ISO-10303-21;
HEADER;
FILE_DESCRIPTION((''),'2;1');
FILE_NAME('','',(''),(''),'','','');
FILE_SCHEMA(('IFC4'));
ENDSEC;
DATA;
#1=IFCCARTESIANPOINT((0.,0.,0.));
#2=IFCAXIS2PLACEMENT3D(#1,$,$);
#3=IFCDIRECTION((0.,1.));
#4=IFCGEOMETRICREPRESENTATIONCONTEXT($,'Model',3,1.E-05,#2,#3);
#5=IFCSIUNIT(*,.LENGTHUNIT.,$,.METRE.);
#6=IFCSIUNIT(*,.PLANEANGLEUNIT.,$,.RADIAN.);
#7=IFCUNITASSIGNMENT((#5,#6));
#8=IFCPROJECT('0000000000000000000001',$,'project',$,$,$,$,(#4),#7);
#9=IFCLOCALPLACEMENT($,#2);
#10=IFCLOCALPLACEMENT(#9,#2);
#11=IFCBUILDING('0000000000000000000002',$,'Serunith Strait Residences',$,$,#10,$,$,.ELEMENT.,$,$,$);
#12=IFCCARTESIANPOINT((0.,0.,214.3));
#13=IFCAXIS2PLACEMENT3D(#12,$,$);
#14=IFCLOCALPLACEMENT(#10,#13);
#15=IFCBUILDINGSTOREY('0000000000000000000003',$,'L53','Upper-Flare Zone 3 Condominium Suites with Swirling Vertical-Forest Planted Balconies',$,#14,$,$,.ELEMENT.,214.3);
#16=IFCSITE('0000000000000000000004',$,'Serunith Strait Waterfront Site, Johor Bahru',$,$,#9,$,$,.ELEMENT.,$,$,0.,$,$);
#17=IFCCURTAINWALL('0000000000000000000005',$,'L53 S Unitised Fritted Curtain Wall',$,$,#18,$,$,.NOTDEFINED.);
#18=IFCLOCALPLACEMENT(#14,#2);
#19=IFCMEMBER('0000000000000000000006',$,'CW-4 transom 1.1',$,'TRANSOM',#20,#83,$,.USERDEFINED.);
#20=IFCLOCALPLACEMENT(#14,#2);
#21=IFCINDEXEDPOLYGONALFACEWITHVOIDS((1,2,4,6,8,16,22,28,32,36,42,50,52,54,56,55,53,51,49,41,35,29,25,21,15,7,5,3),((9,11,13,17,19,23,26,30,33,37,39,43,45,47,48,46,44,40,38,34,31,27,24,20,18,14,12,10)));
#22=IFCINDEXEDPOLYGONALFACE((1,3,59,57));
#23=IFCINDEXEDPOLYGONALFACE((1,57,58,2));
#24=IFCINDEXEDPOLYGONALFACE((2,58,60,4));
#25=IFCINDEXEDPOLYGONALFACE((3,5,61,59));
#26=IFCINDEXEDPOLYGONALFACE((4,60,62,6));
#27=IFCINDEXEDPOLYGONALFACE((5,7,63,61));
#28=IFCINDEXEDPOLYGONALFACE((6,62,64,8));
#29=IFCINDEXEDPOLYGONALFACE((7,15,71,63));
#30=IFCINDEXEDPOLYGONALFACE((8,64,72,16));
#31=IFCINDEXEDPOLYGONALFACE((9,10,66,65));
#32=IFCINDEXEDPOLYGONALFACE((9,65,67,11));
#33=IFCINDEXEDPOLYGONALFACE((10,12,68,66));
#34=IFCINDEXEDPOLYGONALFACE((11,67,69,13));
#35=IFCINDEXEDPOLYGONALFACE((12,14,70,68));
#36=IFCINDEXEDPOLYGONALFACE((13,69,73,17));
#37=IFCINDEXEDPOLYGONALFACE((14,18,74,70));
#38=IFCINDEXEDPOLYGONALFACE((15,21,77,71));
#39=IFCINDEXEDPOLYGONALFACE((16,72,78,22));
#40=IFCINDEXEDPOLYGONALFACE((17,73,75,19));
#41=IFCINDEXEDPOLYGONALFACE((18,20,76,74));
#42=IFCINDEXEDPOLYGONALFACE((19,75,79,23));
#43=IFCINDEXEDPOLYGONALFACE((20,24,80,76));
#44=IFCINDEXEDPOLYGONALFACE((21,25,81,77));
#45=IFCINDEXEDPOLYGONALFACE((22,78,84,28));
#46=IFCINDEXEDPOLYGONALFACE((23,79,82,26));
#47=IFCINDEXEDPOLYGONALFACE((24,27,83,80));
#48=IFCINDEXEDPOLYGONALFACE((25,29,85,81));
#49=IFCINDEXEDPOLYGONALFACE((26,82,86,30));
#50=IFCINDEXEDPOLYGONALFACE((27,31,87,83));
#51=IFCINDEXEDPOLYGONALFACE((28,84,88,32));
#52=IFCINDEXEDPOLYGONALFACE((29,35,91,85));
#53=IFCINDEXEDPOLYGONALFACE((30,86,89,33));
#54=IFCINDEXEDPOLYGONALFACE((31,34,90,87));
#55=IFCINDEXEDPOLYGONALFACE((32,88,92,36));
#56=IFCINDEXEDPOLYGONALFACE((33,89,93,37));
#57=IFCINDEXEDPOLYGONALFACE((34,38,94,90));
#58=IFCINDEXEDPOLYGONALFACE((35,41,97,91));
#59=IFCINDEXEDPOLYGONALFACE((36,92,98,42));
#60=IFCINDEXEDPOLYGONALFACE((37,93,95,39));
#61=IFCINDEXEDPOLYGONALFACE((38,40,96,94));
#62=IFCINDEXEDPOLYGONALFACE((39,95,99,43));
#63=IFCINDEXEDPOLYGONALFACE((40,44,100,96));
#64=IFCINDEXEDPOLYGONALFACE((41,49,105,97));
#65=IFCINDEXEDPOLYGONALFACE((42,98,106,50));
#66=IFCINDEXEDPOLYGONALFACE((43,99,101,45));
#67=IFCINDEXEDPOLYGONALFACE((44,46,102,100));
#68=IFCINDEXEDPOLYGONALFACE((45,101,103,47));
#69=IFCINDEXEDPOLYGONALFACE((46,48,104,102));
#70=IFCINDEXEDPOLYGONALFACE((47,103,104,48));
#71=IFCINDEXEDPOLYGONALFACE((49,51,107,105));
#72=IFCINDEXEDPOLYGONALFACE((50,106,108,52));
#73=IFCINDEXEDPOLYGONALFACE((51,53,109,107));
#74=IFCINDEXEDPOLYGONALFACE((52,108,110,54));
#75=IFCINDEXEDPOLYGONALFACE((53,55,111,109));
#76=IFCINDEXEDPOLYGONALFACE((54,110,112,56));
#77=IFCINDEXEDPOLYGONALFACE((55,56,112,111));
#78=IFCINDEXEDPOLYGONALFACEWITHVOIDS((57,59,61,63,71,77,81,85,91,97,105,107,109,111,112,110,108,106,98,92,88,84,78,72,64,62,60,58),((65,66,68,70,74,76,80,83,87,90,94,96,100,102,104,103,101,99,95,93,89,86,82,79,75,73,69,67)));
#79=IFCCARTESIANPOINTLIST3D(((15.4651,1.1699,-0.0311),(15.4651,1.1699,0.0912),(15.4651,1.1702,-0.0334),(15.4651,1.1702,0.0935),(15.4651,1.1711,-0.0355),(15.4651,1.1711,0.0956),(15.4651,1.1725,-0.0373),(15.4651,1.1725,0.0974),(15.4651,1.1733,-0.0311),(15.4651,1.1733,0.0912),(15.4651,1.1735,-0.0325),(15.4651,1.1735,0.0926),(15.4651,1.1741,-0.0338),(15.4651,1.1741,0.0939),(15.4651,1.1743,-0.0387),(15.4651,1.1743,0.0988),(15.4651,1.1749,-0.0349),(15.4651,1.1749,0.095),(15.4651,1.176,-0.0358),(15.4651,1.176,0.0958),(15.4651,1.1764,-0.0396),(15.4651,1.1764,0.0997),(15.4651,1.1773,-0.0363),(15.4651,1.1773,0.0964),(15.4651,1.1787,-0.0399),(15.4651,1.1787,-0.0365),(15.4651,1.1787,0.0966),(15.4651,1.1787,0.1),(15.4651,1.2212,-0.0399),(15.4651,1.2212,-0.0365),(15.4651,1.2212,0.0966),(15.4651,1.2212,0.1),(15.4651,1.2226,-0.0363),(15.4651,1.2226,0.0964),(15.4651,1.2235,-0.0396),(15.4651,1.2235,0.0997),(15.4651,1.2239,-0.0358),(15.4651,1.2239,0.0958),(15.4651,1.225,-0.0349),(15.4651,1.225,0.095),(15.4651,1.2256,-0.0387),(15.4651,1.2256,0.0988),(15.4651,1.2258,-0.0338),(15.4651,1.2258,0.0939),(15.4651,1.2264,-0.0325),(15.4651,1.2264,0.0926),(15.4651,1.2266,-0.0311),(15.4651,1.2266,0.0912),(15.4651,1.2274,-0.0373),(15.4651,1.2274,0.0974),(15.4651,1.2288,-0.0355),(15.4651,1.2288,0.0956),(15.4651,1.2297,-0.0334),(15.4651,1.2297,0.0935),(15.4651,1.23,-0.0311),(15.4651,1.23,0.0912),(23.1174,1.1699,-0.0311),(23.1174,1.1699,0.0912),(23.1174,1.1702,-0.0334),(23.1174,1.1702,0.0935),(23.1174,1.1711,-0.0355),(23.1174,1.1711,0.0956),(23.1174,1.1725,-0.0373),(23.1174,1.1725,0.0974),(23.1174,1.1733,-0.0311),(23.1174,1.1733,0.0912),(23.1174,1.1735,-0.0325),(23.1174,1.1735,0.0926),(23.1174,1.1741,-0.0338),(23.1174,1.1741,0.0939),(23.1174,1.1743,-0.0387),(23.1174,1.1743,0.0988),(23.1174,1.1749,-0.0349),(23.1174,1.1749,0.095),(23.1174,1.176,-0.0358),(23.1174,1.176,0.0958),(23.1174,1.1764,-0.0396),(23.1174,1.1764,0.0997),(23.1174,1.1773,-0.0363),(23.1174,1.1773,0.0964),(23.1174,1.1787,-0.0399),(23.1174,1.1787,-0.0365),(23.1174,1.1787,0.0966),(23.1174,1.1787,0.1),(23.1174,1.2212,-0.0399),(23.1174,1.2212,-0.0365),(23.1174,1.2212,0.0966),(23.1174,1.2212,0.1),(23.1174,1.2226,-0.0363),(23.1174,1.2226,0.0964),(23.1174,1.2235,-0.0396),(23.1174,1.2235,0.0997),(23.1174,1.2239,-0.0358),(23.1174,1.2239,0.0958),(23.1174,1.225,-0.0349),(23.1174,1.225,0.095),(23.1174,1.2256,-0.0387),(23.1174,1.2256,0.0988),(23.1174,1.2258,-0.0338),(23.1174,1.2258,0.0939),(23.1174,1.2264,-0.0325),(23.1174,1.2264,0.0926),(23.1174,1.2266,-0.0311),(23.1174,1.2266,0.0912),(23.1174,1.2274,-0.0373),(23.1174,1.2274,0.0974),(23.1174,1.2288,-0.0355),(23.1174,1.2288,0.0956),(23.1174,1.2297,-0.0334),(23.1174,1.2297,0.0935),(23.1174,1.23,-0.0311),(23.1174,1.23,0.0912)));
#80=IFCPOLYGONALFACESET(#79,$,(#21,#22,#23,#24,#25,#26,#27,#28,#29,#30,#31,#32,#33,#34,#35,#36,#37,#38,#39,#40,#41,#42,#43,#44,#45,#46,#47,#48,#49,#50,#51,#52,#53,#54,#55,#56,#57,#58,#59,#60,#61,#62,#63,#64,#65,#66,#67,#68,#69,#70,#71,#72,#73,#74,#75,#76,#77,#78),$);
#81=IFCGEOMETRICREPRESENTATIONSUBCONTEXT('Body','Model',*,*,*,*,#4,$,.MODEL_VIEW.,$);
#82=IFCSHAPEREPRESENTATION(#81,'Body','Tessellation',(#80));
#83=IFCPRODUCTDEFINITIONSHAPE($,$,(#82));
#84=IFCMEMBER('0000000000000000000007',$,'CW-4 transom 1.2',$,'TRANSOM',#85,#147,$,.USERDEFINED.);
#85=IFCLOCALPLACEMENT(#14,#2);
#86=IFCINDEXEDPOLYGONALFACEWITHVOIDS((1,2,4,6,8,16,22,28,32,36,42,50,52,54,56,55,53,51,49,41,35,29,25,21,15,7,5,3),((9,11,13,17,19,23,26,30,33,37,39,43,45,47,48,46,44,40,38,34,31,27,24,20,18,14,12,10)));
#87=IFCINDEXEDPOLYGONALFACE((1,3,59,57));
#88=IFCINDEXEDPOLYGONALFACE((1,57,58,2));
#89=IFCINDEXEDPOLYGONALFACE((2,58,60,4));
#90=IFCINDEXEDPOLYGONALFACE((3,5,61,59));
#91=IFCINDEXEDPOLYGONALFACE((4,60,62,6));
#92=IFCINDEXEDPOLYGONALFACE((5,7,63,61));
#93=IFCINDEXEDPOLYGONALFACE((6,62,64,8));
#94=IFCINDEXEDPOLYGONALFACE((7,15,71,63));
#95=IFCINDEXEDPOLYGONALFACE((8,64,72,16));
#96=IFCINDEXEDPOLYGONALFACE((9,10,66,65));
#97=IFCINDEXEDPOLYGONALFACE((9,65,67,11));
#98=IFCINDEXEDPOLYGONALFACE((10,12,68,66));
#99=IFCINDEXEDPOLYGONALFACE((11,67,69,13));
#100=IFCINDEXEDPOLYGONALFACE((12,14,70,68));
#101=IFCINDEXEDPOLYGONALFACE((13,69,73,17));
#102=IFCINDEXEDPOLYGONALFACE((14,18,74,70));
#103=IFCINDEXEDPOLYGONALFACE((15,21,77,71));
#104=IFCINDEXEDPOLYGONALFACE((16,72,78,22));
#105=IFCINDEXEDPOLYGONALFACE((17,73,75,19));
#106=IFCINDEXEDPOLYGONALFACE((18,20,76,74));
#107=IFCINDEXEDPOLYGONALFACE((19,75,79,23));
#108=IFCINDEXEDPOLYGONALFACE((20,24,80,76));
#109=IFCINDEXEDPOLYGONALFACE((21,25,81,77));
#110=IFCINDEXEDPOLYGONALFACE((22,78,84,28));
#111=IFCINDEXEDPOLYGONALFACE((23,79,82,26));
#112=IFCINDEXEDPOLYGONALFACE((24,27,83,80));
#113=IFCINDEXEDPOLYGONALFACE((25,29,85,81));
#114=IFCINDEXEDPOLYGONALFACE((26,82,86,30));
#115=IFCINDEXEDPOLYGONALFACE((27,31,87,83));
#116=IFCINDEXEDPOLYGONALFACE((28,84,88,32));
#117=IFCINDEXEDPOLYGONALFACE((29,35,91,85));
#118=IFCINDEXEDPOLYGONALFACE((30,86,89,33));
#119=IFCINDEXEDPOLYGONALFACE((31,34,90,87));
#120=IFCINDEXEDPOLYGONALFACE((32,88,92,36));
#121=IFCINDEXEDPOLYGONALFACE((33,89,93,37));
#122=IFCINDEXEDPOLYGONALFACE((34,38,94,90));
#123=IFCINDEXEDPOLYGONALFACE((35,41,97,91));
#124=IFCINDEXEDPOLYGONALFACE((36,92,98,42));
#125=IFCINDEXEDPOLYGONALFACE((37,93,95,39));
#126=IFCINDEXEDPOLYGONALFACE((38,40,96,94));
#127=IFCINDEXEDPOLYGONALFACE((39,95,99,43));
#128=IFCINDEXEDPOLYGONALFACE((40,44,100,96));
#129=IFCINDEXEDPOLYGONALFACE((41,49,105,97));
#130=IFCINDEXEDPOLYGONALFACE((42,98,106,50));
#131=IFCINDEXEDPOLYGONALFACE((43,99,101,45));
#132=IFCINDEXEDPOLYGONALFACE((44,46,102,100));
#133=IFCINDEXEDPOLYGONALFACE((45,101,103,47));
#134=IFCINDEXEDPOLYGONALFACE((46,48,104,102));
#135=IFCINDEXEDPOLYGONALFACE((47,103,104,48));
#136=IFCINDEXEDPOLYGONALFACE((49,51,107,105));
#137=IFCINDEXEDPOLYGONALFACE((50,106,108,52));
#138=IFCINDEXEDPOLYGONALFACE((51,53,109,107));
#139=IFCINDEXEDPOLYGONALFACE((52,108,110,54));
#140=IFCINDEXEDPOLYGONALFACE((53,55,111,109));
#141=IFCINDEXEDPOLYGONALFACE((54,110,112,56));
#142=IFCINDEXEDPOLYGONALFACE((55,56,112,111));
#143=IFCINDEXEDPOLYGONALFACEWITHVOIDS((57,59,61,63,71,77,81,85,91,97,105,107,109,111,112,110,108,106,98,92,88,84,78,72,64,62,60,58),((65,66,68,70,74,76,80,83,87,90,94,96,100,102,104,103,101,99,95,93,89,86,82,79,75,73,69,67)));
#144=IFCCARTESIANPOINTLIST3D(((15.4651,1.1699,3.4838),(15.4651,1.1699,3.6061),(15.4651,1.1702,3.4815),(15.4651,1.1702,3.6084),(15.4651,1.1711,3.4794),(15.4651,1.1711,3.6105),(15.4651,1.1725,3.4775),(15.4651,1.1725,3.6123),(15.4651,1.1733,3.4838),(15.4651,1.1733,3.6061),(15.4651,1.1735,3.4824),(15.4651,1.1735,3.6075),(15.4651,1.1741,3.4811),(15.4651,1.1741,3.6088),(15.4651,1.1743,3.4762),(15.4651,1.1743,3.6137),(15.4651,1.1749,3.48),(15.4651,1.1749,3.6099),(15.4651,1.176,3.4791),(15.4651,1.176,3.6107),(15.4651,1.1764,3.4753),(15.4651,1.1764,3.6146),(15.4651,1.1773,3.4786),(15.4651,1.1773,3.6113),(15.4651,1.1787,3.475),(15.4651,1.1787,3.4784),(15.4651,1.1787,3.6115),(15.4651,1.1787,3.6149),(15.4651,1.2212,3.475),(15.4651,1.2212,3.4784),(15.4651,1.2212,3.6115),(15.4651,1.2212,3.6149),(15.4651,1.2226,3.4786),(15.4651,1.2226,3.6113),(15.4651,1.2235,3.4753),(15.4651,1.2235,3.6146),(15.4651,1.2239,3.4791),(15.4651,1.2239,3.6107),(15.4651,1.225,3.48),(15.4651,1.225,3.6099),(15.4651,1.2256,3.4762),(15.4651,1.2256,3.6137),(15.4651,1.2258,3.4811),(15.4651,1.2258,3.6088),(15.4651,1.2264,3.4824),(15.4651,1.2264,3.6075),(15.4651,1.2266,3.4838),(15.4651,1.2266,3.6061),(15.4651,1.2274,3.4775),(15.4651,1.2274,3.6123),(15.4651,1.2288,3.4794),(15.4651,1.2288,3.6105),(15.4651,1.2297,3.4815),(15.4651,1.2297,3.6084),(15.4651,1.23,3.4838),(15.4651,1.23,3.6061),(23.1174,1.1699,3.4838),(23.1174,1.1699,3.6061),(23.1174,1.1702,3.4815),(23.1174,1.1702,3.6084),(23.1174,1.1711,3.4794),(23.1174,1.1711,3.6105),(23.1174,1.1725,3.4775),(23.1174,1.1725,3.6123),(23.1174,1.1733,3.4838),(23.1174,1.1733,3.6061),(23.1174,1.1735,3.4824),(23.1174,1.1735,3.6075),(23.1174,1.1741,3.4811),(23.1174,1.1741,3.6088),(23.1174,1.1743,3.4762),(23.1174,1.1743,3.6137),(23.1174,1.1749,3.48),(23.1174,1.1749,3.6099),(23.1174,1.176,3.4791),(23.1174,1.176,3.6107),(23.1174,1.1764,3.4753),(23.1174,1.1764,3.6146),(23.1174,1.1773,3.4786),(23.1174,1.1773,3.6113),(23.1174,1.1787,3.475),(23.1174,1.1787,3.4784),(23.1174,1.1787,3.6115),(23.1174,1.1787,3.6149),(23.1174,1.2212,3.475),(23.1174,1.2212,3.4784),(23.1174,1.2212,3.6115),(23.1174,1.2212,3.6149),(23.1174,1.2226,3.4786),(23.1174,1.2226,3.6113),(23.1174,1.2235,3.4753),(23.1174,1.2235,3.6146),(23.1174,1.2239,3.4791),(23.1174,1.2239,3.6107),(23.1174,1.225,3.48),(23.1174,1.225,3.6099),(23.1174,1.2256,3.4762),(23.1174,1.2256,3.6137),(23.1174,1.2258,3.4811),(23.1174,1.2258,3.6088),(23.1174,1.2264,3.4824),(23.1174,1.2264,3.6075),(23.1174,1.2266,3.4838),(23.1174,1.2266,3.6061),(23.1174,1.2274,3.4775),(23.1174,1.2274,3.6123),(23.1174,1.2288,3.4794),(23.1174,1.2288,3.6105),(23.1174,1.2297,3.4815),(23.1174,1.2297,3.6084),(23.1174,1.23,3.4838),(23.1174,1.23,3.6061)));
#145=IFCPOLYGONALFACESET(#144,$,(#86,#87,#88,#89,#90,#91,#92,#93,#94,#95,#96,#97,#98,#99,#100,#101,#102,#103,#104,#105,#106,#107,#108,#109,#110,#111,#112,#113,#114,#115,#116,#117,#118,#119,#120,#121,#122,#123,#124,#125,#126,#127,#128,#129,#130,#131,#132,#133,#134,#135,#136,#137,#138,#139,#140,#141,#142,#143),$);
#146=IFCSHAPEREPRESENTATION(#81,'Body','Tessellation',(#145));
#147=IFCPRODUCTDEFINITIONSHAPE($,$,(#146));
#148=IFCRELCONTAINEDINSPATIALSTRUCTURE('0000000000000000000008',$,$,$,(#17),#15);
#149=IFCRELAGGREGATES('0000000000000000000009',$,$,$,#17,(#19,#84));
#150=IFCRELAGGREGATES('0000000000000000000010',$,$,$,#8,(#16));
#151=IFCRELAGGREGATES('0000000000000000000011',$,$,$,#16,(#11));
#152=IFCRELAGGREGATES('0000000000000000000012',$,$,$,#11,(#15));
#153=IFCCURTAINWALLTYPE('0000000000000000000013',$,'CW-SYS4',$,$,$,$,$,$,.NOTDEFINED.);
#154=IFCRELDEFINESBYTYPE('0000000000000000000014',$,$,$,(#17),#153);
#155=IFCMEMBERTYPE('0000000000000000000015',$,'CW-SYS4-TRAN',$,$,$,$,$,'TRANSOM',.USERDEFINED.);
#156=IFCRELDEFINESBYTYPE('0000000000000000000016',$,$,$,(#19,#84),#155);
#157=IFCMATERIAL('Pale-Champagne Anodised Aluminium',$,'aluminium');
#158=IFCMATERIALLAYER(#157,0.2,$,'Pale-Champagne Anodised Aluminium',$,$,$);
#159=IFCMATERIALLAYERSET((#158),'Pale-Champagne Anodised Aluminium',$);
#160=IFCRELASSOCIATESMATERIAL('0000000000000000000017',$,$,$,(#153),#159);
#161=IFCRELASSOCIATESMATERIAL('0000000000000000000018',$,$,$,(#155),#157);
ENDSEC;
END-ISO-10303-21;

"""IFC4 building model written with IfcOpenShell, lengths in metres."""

from ifc_helpers import new_model, si_unit, direction, frame, origin, origin_2d, place, context, subcontext, project, spatial, hollow_rectangle, extrude, source, transform, mapped, material, layer, layer_set, material_profile, profile_set, type_object, element, aggregate, save


model = new_model("IFC4")

# Units and contexts
model_context = context("Model", 3, precision=1e-05, world=origin(), true_north=direction((0.0, 1.0)))
body_context = subcontext(model_context, "Body", "Model", "MODEL_VIEW")
ifc_project = project(units=[si_unit("LENGTHUNIT", "METRE"), si_unit("PLANEANGLEUNIT", "RADIAN")], contexts=[model_context])

# Site, building, storey
site_placement = place(None, origin())
site = spatial("IfcSite", under=ifc_project, at=site_placement, Name="Serunith Strait Waterfront Site, Johor Bahru", CompositionType="ELEMENT", RefElevation=0.0)
building_placement = place(site_placement, origin())
building = spatial("IfcBuilding", under=site, at=building_placement, Name="Serunith Strait Residences", CompositionType="ELEMENT")
storey_placement = place(building_placement, frame((0.0, 0.0, 214.3)))
storey = spatial("IfcBuildingStorey", under=building, at=storey_placement, Name="L53", Description="Upper-Flare Zone 3 Condominium Suites with Swirling Vertical-Forest Planted Balconies", CompositionType="ELEMENT", Elevation=214.3)

# Curtain wall
ifc_material_1 = material(Name="Pale-Champagne Anodised Aluminium", Category="aluminium")
ifc_layer_1 = layer(ifc_material_1, 0.2, Name="Pale-Champagne Anodised Aluminium")
ifc_layer_set_1 = layer_set([ifc_layer_1], Name="Pale-Champagne Anodised Aluminium")
curtain_wall_type = type_object("IfcCurtainWallType", Name="CW-SYS4", PredefinedType="NOTDEFINED", material=ifc_layer_set_1)
curtain_wall_1_placement = place(storey_placement, origin())
curtain_wall_1 = element("IfcCurtainWall", 1, at=curtain_wall_1_placement, inside=storey, type_object=curtain_wall_type, Name="L53 S Unitised Fritted Curtain Wall", PredefinedType="NOTDEFINED")

# Members
ifc_material_profile_1 = material_profile(ifc_material_1, hollow_rectangle(XDim=0.0601, YDim=0.1399, WallThickness=0.0034, InnerFilletRadius=0.0054, OuterFilletRadius=0.0088, at=origin_2d()), Name="ALU 140x60x3.5")
ifc_profile_set_1 = profile_set([ifc_material_profile_1], Name="Pale-Champagne Anodised Aluminium")
member_type_1 = type_object("IfcMemberType", Name="CW-SYS4-TRAN", ElementType="TRANSOM", PredefinedType="USERDEFINED", material=ifc_profile_set_1)
shared_shape_1 = source(origin(), body_context, "Body", "SweptSolid", [
    extrude(hollow_rectangle(XDim=0.0601, YDim=0.1399, WallThickness=0.0034, InnerFilletRadius=0.0054, OuterFilletRadius=0.0088, at=origin_2d()), origin(), (0.0, 0.0, 1.0), 7.6523),
])
member_1_placement = place(storey_placement, frame((15.4651, 1.2, 0.03), z_axis=(1.0, 0.0, 0.0), x_axis=(0.0, 1.0, 0.0)))
member_1 = element("IfcMember", 2, at=member_1_placement, type_object=member_type_1, Name="CW-4 transom 1.1", ObjectType="TRANSOM", PredefinedType="USERDEFINED", context=body_context, shape_type="MappedRepresentation", body=[
    mapped(shared_shape_1, transform((0.0, 0.0, 0.0), scale=1.0)),
])
member_2_placement = place(storey_placement, frame((15.4651, 1.2, 3.5449), z_axis=(1.0, 0.0, 0.0), x_axis=(0.0, 1.0, 0.0)))
member_2 = element("IfcMember", 3, at=member_2_placement, type_object=member_type_1, Name="CW-4 transom 1.2", ObjectType="TRANSOM", PredefinedType="USERDEFINED", context=body_context, shape_type="MappedRepresentation", body=[
    mapped(shared_shape_1, transform((0.0, 0.0, 0.0), scale=1.0)),
])
aggregate(curtain_wall_1, [member_1, member_2])

save(model, "model.ifc")
